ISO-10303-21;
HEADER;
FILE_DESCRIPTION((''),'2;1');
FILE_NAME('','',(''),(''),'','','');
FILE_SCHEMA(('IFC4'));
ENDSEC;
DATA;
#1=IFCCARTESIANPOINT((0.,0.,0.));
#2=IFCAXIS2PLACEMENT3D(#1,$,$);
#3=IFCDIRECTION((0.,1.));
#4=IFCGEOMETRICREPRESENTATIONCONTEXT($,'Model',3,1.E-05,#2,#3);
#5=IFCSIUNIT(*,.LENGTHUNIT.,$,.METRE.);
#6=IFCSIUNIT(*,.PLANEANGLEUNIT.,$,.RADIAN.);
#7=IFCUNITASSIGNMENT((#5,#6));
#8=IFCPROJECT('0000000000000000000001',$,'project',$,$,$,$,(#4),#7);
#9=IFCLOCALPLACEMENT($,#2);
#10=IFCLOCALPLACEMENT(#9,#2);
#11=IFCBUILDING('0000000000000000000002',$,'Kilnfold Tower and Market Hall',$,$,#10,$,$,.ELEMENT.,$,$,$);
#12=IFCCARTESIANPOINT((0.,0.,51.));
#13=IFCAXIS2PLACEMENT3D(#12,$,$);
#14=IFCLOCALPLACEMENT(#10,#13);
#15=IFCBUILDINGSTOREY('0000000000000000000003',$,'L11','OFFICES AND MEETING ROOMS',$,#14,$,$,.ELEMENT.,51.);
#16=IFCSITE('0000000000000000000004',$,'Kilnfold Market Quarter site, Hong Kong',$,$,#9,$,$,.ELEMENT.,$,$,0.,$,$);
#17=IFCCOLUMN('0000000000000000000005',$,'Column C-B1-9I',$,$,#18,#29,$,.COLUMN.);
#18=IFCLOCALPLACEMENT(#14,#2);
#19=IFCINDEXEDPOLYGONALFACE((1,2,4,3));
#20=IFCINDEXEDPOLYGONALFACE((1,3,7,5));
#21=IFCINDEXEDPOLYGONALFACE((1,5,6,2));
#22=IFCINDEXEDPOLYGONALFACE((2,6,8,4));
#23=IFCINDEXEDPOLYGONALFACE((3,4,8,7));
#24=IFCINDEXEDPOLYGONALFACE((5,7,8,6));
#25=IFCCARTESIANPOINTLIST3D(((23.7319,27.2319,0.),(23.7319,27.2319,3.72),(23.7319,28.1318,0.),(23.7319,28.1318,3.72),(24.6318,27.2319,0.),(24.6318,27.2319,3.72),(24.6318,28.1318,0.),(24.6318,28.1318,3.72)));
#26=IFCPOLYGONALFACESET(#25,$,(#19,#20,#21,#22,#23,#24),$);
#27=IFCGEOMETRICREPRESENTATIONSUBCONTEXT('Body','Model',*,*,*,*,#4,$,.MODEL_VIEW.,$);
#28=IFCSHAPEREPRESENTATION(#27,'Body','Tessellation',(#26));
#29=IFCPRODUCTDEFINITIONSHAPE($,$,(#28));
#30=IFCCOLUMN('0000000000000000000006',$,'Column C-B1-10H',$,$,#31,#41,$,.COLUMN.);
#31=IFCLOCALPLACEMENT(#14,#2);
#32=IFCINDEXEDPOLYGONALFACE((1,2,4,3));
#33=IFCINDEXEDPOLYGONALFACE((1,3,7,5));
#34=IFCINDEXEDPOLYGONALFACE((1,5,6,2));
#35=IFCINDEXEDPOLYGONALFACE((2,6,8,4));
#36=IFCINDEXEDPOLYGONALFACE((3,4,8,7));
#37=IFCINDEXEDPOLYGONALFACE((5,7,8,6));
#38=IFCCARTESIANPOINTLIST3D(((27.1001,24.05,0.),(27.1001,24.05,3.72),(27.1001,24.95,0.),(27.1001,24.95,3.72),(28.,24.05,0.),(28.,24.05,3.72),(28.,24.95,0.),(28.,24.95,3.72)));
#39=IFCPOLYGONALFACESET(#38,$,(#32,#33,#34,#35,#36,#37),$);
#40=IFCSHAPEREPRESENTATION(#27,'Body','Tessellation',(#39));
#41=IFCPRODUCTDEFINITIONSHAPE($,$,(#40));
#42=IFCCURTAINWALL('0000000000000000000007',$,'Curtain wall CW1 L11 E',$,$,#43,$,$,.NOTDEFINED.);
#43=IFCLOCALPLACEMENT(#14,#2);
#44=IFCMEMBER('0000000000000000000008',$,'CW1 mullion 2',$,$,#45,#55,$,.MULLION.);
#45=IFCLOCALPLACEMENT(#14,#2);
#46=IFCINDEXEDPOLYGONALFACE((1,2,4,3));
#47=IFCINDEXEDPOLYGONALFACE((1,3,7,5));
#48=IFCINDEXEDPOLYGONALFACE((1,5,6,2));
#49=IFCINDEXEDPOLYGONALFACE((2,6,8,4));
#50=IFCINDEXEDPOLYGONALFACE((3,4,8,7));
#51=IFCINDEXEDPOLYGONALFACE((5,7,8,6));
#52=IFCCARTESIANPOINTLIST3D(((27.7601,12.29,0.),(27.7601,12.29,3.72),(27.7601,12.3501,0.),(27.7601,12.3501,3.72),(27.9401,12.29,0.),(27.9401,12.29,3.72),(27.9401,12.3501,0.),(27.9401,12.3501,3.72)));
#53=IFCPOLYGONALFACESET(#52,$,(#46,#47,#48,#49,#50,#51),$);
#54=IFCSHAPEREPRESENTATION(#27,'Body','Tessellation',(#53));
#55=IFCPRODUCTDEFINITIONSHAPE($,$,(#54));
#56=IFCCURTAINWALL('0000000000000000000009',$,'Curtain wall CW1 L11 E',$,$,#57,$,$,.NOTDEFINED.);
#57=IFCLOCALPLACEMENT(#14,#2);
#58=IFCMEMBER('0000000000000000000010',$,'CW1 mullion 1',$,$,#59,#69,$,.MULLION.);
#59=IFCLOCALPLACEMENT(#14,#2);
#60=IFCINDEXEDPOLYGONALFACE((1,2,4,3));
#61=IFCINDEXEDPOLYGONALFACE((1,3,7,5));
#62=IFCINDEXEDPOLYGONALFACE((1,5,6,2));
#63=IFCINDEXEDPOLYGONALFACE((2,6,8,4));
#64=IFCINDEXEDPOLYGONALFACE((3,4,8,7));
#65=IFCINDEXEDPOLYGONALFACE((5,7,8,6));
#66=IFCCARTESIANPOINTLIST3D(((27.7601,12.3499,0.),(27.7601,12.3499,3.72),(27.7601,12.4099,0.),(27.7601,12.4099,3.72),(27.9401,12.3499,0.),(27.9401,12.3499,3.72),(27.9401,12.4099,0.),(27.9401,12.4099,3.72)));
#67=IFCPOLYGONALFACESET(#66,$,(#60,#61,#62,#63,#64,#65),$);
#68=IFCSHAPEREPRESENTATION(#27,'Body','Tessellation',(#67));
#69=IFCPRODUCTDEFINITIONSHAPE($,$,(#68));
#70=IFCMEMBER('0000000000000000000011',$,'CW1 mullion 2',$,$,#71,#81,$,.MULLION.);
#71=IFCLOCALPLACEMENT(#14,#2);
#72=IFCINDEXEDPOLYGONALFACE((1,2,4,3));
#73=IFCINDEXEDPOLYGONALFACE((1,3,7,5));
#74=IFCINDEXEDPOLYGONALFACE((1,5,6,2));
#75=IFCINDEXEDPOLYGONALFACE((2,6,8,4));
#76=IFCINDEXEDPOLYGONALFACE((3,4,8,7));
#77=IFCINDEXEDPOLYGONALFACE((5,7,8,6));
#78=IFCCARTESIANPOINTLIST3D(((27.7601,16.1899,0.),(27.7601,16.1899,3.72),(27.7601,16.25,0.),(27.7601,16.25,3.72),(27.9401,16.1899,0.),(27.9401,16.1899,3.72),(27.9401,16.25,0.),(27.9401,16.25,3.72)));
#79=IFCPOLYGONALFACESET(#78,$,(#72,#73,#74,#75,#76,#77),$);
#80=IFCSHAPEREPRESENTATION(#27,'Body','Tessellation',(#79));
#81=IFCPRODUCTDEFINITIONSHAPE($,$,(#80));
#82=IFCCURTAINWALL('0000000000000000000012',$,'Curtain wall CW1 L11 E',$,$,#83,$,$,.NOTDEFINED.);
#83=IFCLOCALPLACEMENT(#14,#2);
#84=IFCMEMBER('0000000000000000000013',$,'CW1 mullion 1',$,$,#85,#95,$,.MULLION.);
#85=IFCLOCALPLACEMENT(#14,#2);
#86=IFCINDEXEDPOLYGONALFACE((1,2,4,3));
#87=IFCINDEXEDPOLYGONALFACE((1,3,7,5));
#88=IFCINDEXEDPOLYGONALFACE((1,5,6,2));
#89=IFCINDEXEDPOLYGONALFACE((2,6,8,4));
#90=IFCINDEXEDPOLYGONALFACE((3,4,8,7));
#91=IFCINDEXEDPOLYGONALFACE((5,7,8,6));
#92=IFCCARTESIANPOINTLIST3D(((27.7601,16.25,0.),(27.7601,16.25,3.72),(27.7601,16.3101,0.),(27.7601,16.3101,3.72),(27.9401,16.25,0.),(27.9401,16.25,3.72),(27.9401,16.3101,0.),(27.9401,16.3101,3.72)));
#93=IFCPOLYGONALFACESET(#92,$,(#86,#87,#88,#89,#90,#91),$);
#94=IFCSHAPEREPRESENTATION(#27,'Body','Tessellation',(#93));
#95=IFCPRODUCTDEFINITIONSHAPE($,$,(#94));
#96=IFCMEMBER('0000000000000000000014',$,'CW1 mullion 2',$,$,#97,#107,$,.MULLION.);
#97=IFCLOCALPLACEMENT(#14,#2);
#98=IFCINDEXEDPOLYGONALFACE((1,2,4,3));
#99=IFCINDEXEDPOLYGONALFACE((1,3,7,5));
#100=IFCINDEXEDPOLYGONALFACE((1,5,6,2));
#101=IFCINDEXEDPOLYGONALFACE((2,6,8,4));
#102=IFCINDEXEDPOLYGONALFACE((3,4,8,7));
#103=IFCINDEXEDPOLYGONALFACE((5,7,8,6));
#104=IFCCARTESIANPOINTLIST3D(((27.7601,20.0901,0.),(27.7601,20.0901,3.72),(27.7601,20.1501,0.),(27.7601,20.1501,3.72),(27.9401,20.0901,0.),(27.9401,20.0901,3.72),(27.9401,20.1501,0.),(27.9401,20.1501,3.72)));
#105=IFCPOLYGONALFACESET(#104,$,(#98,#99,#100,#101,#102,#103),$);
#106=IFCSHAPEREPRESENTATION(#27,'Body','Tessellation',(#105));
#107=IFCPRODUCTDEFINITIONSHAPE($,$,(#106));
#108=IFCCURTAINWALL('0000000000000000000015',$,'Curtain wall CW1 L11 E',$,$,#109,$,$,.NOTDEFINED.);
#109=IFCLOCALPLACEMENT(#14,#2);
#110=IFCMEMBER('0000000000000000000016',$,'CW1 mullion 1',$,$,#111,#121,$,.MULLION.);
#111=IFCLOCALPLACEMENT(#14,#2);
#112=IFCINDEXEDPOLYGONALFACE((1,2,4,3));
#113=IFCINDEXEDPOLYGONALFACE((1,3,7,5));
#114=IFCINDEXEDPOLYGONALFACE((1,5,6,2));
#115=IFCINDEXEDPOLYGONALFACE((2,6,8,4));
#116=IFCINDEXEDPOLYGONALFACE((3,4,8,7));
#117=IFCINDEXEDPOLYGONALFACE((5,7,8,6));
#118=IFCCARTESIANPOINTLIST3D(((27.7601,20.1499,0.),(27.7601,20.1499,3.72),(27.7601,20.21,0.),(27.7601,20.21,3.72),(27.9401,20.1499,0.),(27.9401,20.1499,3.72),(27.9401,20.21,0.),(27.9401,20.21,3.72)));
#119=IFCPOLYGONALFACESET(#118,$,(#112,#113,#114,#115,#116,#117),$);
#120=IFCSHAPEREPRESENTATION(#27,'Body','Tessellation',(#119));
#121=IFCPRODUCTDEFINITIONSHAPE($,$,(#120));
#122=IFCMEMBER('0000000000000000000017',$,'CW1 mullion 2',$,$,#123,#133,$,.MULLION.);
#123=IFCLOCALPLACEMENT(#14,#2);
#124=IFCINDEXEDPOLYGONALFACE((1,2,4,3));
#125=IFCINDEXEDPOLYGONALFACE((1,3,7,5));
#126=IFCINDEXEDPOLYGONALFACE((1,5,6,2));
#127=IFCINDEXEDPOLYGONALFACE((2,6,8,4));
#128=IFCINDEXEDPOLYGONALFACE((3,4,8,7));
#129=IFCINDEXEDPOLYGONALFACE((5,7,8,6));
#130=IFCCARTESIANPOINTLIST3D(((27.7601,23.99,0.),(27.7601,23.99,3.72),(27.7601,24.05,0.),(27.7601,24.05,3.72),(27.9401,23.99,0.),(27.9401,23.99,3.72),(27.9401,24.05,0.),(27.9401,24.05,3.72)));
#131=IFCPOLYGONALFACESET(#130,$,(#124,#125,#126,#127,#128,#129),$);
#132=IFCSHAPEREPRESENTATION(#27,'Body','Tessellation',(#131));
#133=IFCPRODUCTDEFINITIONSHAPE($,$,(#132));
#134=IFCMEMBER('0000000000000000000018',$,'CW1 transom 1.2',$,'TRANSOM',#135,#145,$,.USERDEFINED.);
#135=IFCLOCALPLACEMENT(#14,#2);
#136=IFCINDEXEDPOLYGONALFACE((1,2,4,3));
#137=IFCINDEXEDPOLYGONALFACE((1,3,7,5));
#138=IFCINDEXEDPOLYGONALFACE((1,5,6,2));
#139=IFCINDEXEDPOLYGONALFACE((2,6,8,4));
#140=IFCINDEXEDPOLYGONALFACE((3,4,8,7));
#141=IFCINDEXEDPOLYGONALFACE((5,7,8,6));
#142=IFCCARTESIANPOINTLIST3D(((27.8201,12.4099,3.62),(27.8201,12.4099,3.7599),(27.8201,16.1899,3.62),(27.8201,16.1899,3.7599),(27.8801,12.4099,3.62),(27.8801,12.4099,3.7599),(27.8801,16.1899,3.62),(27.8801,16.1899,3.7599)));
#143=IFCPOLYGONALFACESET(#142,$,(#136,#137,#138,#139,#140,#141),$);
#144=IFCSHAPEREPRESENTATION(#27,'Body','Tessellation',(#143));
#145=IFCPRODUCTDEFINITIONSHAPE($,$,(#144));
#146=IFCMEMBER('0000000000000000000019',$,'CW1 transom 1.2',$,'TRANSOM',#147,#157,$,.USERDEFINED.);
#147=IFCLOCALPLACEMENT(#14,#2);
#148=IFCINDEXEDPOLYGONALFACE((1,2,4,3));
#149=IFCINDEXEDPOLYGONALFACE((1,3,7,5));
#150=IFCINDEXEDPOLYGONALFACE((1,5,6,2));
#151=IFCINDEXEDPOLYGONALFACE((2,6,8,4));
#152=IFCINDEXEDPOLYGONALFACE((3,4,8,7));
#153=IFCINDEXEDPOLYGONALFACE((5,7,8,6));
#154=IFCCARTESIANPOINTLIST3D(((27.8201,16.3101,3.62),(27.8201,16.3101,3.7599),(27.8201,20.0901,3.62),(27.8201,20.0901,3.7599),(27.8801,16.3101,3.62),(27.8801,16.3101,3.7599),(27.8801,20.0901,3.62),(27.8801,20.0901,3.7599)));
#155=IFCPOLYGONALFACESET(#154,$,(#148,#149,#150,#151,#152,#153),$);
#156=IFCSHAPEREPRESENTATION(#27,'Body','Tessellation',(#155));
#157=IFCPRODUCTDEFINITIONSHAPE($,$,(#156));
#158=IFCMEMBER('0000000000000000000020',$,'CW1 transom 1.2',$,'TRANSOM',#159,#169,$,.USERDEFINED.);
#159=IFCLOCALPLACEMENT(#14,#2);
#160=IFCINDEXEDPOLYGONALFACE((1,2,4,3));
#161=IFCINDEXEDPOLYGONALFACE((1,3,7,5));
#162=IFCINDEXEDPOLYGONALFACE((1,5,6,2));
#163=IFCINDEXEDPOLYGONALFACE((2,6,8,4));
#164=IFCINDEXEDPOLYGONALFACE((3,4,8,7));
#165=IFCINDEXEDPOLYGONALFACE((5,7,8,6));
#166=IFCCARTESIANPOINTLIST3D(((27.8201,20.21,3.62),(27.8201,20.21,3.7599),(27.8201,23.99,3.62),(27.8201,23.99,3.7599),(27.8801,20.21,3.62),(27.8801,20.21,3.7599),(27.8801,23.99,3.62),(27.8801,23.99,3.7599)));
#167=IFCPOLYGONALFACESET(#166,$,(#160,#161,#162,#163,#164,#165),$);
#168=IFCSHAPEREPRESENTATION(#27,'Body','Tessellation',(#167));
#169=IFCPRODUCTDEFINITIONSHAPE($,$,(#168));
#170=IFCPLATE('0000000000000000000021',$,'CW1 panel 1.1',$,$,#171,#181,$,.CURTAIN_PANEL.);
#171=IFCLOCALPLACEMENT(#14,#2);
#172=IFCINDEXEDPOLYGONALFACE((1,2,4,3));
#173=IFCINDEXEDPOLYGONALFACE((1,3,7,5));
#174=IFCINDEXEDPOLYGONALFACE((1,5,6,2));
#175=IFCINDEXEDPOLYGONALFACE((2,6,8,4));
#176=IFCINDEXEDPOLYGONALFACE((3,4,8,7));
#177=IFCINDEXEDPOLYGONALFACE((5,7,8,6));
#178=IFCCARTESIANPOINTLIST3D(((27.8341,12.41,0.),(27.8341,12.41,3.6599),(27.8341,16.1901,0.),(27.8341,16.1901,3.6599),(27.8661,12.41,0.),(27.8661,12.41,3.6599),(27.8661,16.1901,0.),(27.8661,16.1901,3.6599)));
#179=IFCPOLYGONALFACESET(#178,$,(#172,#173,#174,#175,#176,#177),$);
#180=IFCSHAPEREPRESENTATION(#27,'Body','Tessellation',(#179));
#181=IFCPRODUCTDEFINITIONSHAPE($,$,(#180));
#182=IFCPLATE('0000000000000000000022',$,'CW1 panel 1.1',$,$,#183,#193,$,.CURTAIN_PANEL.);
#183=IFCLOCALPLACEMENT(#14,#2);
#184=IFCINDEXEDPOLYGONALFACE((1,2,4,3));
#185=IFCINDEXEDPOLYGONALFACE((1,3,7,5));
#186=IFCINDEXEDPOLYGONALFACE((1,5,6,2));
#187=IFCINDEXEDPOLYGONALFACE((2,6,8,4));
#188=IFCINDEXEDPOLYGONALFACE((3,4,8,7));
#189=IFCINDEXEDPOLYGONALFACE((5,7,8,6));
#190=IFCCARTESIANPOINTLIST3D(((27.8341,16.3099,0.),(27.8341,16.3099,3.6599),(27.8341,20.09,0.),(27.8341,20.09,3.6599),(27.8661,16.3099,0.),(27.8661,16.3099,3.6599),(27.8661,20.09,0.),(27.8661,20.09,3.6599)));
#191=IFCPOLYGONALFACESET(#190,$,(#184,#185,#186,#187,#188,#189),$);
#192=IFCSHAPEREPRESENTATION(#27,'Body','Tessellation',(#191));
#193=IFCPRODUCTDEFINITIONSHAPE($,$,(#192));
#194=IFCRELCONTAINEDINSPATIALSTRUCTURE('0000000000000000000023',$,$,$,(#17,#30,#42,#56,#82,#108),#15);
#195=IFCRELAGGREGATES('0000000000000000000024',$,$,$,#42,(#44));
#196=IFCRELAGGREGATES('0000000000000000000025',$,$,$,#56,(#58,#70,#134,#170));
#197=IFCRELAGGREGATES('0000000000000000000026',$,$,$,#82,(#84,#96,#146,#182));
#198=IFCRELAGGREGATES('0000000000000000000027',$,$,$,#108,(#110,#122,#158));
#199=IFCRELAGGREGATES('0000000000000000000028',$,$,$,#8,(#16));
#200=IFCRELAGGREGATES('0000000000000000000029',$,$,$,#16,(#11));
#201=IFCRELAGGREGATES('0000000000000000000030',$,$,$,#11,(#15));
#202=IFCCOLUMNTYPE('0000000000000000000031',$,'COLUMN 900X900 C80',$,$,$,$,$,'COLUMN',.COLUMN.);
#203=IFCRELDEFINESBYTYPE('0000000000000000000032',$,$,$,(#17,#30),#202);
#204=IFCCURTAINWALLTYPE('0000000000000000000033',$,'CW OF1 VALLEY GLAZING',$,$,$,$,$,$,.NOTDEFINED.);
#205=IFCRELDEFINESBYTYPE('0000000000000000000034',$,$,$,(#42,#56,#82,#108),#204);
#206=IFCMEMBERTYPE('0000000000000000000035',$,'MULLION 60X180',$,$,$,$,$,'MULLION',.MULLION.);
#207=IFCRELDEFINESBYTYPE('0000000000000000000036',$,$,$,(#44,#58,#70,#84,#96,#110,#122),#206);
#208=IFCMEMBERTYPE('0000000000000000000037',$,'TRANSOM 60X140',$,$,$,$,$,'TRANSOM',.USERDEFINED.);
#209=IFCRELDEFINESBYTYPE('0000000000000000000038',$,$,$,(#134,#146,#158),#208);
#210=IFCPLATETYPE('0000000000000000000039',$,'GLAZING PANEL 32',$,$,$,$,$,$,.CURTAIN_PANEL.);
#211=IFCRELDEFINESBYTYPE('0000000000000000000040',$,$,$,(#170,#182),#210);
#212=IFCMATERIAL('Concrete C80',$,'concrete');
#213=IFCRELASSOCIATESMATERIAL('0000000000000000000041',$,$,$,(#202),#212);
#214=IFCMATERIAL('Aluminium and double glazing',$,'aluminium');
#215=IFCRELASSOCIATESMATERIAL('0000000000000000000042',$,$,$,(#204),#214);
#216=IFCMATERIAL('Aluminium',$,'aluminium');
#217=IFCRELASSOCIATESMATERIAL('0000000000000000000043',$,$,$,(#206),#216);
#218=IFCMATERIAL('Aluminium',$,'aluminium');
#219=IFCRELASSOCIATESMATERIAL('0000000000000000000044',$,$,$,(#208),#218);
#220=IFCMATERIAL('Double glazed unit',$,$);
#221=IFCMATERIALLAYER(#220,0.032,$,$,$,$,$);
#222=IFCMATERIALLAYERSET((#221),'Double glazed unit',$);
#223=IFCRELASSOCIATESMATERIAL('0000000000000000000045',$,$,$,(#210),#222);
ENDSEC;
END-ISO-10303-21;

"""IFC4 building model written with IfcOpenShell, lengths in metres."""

from ifc_helpers import new_model, si_unit, direction, frame, origin, origin_2d, place, context, subcontext, project, spatial, rectangle, extrude, source, transform, mapped, material, layer, layer_set, material_profile, profile_set, type_object, element, aggregate, save


model = new_model("IFC4")

# Units and contexts
model_context = context("Model", 3, precision=1e-05, world=origin(), true_north=direction((0.0, 1.0)))
body_context = subcontext(model_context, "Body", "Model", "MODEL_VIEW")
ifc_project = project(units=[si_unit("LENGTHUNIT", "METRE"), si_unit("PLANEANGLEUNIT", "RADIAN")], contexts=[model_context])

# Site, building, storey
site_placement = place(None, origin())
site = spatial("IfcSite", under=ifc_project, at=site_placement, Name="Kilnfold Market Quarter site, Hong Kong", CompositionType="ELEMENT", RefElevation=0.0)
building_placement = place(site_placement, origin())
building = spatial("IfcBuilding", under=site, at=building_placement, Name="Kilnfold Tower and Market Hall", CompositionType="ELEMENT")
storey_placement = place(building_placement, frame((0.0, 0.0, 51.0)))
storey = spatial("IfcBuildingStorey", under=building, at=storey_placement, Name="L11", Description="OFFICES AND MEETING ROOMS", CompositionType="ELEMENT", Elevation=51.0)

# Columns
ifc_material_1 = material(Name="Concrete C80", Category="concrete")
ifc_material_profile_1 = material_profile(ifc_material_1, rectangle(XDim=0.8999, YDim=0.8999, at=origin_2d()), Name="RC 900x900")
ifc_profile_set_1 = profile_set([ifc_material_profile_1], Name="Concrete C80")
column_type = type_object("IfcColumnType", Name="COLUMN 900X900 C80", ElementType="COLUMN", PredefinedType="COLUMN", material=ifc_profile_set_1)
shared_shape_1 = source(origin(), body_context, "Body", "SweptSolid", [
    extrude(rectangle(XDim=0.8999, YDim=0.8999, at=origin_2d()), origin(), (0.0, 0.0, 1.0), 3.72),
])
for number, where, z_axis, x_axis, name in (
    (1, (24.1819, 27.6819, 0.0), (0.0, 0.0, 1.0), (1.0, 0.0, 0.0), "Column C-B1-9I"),
    (2, (27.55, 24.5, 0.0), (0.0, 0.0, 1.0), (1.0, 0.0, 0.0), "Column C-B1-10H"),
):
    element("IfcColumn", number, at=place(storey_placement, frame(where, z_axis=z_axis, x_axis=x_axis)), inside=storey, type_object=column_type, Name=name, PredefinedType="COLUMN", context=body_context, shape_type="MappedRepresentation", body=[
        mapped(shared_shape_1, transform((0.0, 0.0, 0.0))),
    ])

# Curtain wall, member
ifc_material_2 = material(Name="Aluminium and double glazing", Category="aluminium")
curtain_wall_type = type_object("IfcCurtainWallType", Name="CW OF1 VALLEY GLAZING", PredefinedType="NOTDEFINED", material=ifc_material_2)
curtain_wall_1_placement = place(storey_placement, origin())
curtain_wall_1 = element("IfcCurtainWall", 3, at=curtain_wall_1_placement, inside=storey, type_object=curtain_wall_type, Name="Curtain wall CW1 L11 E", PredefinedType="NOTDEFINED")
ifc_material_3 = material(Name="Aluminium", Category="aluminium")
ifc_material_profile_2 = material_profile(ifc_material_3, rectangle(XDim=0.0601, YDim=0.1799, at=origin_2d()), Name="MULLION 60x180")
ifc_profile_set_2 = profile_set([ifc_material_profile_2], Name="Aluminium")
member_type_1 = type_object("IfcMemberType", Name="MULLION 60X180", ElementType="MULLION", PredefinedType="MULLION", material=ifc_profile_set_2)
shared_shape_2 = source(origin(), body_context, "Body", "SweptSolid", [
    extrude(rectangle(XDim=0.0601, YDim=0.1799, at=origin_2d()), origin(), (0.0, 0.0, 1.0), 3.72),
])
member_1_placement = place(storey_placement, frame((27.8501, 12.3201, 0.0), z_axis=(0.0, 0.0, 1.0), x_axis=(0.0, 1.0, 0.0)))
member_1 = element("IfcMember", 4, at=member_1_placement, type_object=member_type_1, Name="CW1 mullion 2", PredefinedType="MULLION", context=body_context, shape_type="MappedRepresentation", body=[
    mapped(shared_shape_2, transform((0.0, 0.0, 0.0))),
])
aggregate(curtain_wall_1, [member_1])

# Curtain walls, members
curtain_wall_2_placement = place(storey_placement, origin())
curtain_wall_2 = element("IfcCurtainWall", 5, at=curtain_wall_2_placement, inside=storey, type_object=curtain_wall_type, Name="Curtain wall CW1 L11 E", PredefinedType="NOTDEFINED")
member_2_placement = place(storey_placement, frame((27.8501, 12.3799, 0.0), z_axis=(0.0, 0.0, 1.0), x_axis=(0.0, 1.0, 0.0)))
member_2 = element("IfcMember", 6, at=member_2_placement, type_object=member_type_1, Name="CW1 mullion 1", PredefinedType="MULLION", context=body_context, shape_type="MappedRepresentation", body=[
    mapped(shared_shape_2, transform((0.0, 0.0, 0.0))),
])
member_3_placement = place(storey_placement, frame((27.8501, 16.22, 0.0), z_axis=(0.0, 0.0, 1.0), x_axis=(0.0, 1.0, 0.0)))
member_3 = element("IfcMember", 7, at=member_3_placement, type_object=member_type_1, Name="CW1 mullion 2", PredefinedType="MULLION", context=body_context, shape_type="MappedRepresentation", body=[
    mapped(shared_shape_2, transform((0.0, 0.0, 0.0))),
])
curtain_wall_3_placement = place(storey_placement, origin())
curtain_wall_3 = element("IfcCurtainWall", 8, at=curtain_wall_3_placement, inside=storey, type_object=curtain_wall_type, Name="Curtain wall CW1 L11 E", PredefinedType="NOTDEFINED")
member_4_placement = place(storey_placement, frame((27.8501, 16.28, 0.0), z_axis=(0.0, 0.0, 1.0), x_axis=(0.0, 1.0, 0.0)))
member_4 = element("IfcMember", 9, at=member_4_placement, type_object=member_type_1, Name="CW1 mullion 1", PredefinedType="MULLION", context=body_context, shape_type="MappedRepresentation", body=[
    mapped(shared_shape_2, transform((0.0, 0.0, 0.0))),
])
member_5_placement = place(storey_placement, frame((27.8501, 20.1201, 0.0), z_axis=(0.0, 0.0, 1.0), x_axis=(0.0, 1.0, 0.0)))
member_5 = element("IfcMember", 10, at=member_5_placement, type_object=member_type_1, Name="CW1 mullion 2", PredefinedType="MULLION", context=body_context, shape_type="MappedRepresentation", body=[
    mapped(shared_shape_2, transform((0.0, 0.0, 0.0))),
])
curtain_wall_4_placement = place(storey_placement, origin())
curtain_wall_4 = element("IfcCurtainWall", 11, at=curtain_wall_4_placement, inside=storey, type_object=curtain_wall_type, Name="Curtain wall CW1 L11 E", PredefinedType="NOTDEFINED")
member_6_placement = place(storey_placement, frame((27.8501, 20.1799, 0.0), z_axis=(0.0, 0.0, 1.0), x_axis=(0.0, 1.0, 0.0)))
member_6 = element("IfcMember", 12, at=member_6_placement, type_object=member_type_1, Name="CW1 mullion 1", PredefinedType="MULLION", context=body_context, shape_type="MappedRepresentation", body=[
    mapped(shared_shape_2, transform((0.0, 0.0, 0.0))),
])
member_7_placement = place(storey_placement, frame((27.8501, 24.02, 0.0), z_axis=(0.0, 0.0, 1.0), x_axis=(0.0, 1.0, 0.0)))
member_7 = element("IfcMember", 13, at=member_7_placement, type_object=member_type_1, Name="CW1 mullion 2", PredefinedType="MULLION", context=body_context, shape_type="MappedRepresentation", body=[
    mapped(shared_shape_2, transform((0.0, 0.0, 0.0))),
])

# Members
ifc_material_4 = material(Name="Aluminium", Category="aluminium")
ifc_material_profile_3 = material_profile(ifc_material_4, rectangle(XDim=0.0601, YDim=0.1399, at=origin_2d()), Name="TRANSOM 60x140")
ifc_profile_set_3 = profile_set([ifc_material_profile_3], Name="Aluminium")
member_type_2 = type_object("IfcMemberType", Name="TRANSOM 60X140", ElementType="TRANSOM", PredefinedType="USERDEFINED", material=ifc_profile_set_3)
shared_shape_3 = source(origin(), body_context, "Body", "SweptSolid", [
    extrude(rectangle(XDim=0.0601, YDim=0.1399, at=origin_2d()), origin(), (0.0, 0.0, 1.0), 3.78),
])
member_8_placement = place(storey_placement, frame((27.8501, 12.4099, 3.6899), z_axis=(0.0, 1.0, 0.0), x_axis=(-1.0, 0.0, 0.0)))
member_8 = element("IfcMember", 14, at=member_8_placement, type_object=member_type_2, Name="CW1 transom 1.2", ObjectType="TRANSOM", PredefinedType="USERDEFINED", context=body_context, shape_type="MappedRepresentation", body=[
    mapped(shared_shape_3, transform((0.0, 0.0, 0.0))),
])
member_9_placement = place(storey_placement, frame((27.8501, 16.3101, 3.6899), z_axis=(0.0, 1.0, 0.0), x_axis=(-1.0, 0.0, 0.0)))
member_9 = element("IfcMember", 15, at=member_9_placement, type_object=member_type_2, Name="CW1 transom 1.2", ObjectType="TRANSOM", PredefinedType="USERDEFINED", context=body_context, shape_type="MappedRepresentation", body=[
    mapped(shared_shape_3, transform((0.0, 0.0, 0.0))),
])
member_10_placement = place(storey_placement, frame((27.8501, 20.21, 3.6899), z_axis=(0.0, 1.0, 0.0), x_axis=(-1.0, 0.0, 0.0)))
member_10 = element("IfcMember", 16, at=member_10_placement, type_object=member_type_2, Name="CW1 transom 1.2", ObjectType="TRANSOM", PredefinedType="USERDEFINED", context=body_context, shape_type="MappedRepresentation", body=[
    mapped(shared_shape_3, transform((0.0, 0.0, 0.0))),
])

# Plates
ifc_material_5 = material(Name="Double glazed unit")
ifc_layer_1 = layer(ifc_material_5, 0.032)
ifc_layer_set_1 = layer_set([ifc_layer_1], Name="Double glazed unit")
plate_type = type_object("IfcPlateType", Name="GLAZING PANEL 32", PredefinedType="CURTAIN_PANEL", material=ifc_layer_set_1)
shared_shape_4 = source(origin(), body_context, "Body", "SweptSolid", [
    extrude(rectangle(XDim=3.78, YDim=0.032, at=origin_2d()), origin(), (0.0, 0.0, 1.0), 3.6599),
])
plate_1_placement = place(storey_placement, frame((27.8501, 14.3, 0.0), z_axis=(0.0, 0.0, 1.0), x_axis=(0.0, 1.0, 0.0)))
plate_1 = element("IfcPlate", 17, at=plate_1_placement, type_object=plate_type, Name="CW1 panel 1.1", PredefinedType="CURTAIN_PANEL", context=body_context, shape_type="MappedRepresentation", body=[
    mapped(shared_shape_4, transform((0.0, 0.0, 0.0))),
])
aggregate(curtain_wall_2, [member_2, member_3, member_8, plate_1])
plate_2_placement = place(storey_placement, frame((27.8501, 18.2, 0.0), z_axis=(0.0, 0.0, 1.0), x_axis=(0.0, 1.0, 0.0)))
plate_2 = element("IfcPlate", 18, at=plate_2_placement, type_object=plate_type, Name="CW1 panel 1.1", PredefinedType="CURTAIN_PANEL", context=body_context, shape_type="MappedRepresentation", body=[
    mapped(shared_shape_4, transform((0.0, 0.0, 0.0))),
])
aggregate(curtain_wall_3, [member_4, member_5, member_9, plate_2])
aggregate(curtain_wall_4, [member_6, member_7, member_10])

save(model, "model.ifc")
